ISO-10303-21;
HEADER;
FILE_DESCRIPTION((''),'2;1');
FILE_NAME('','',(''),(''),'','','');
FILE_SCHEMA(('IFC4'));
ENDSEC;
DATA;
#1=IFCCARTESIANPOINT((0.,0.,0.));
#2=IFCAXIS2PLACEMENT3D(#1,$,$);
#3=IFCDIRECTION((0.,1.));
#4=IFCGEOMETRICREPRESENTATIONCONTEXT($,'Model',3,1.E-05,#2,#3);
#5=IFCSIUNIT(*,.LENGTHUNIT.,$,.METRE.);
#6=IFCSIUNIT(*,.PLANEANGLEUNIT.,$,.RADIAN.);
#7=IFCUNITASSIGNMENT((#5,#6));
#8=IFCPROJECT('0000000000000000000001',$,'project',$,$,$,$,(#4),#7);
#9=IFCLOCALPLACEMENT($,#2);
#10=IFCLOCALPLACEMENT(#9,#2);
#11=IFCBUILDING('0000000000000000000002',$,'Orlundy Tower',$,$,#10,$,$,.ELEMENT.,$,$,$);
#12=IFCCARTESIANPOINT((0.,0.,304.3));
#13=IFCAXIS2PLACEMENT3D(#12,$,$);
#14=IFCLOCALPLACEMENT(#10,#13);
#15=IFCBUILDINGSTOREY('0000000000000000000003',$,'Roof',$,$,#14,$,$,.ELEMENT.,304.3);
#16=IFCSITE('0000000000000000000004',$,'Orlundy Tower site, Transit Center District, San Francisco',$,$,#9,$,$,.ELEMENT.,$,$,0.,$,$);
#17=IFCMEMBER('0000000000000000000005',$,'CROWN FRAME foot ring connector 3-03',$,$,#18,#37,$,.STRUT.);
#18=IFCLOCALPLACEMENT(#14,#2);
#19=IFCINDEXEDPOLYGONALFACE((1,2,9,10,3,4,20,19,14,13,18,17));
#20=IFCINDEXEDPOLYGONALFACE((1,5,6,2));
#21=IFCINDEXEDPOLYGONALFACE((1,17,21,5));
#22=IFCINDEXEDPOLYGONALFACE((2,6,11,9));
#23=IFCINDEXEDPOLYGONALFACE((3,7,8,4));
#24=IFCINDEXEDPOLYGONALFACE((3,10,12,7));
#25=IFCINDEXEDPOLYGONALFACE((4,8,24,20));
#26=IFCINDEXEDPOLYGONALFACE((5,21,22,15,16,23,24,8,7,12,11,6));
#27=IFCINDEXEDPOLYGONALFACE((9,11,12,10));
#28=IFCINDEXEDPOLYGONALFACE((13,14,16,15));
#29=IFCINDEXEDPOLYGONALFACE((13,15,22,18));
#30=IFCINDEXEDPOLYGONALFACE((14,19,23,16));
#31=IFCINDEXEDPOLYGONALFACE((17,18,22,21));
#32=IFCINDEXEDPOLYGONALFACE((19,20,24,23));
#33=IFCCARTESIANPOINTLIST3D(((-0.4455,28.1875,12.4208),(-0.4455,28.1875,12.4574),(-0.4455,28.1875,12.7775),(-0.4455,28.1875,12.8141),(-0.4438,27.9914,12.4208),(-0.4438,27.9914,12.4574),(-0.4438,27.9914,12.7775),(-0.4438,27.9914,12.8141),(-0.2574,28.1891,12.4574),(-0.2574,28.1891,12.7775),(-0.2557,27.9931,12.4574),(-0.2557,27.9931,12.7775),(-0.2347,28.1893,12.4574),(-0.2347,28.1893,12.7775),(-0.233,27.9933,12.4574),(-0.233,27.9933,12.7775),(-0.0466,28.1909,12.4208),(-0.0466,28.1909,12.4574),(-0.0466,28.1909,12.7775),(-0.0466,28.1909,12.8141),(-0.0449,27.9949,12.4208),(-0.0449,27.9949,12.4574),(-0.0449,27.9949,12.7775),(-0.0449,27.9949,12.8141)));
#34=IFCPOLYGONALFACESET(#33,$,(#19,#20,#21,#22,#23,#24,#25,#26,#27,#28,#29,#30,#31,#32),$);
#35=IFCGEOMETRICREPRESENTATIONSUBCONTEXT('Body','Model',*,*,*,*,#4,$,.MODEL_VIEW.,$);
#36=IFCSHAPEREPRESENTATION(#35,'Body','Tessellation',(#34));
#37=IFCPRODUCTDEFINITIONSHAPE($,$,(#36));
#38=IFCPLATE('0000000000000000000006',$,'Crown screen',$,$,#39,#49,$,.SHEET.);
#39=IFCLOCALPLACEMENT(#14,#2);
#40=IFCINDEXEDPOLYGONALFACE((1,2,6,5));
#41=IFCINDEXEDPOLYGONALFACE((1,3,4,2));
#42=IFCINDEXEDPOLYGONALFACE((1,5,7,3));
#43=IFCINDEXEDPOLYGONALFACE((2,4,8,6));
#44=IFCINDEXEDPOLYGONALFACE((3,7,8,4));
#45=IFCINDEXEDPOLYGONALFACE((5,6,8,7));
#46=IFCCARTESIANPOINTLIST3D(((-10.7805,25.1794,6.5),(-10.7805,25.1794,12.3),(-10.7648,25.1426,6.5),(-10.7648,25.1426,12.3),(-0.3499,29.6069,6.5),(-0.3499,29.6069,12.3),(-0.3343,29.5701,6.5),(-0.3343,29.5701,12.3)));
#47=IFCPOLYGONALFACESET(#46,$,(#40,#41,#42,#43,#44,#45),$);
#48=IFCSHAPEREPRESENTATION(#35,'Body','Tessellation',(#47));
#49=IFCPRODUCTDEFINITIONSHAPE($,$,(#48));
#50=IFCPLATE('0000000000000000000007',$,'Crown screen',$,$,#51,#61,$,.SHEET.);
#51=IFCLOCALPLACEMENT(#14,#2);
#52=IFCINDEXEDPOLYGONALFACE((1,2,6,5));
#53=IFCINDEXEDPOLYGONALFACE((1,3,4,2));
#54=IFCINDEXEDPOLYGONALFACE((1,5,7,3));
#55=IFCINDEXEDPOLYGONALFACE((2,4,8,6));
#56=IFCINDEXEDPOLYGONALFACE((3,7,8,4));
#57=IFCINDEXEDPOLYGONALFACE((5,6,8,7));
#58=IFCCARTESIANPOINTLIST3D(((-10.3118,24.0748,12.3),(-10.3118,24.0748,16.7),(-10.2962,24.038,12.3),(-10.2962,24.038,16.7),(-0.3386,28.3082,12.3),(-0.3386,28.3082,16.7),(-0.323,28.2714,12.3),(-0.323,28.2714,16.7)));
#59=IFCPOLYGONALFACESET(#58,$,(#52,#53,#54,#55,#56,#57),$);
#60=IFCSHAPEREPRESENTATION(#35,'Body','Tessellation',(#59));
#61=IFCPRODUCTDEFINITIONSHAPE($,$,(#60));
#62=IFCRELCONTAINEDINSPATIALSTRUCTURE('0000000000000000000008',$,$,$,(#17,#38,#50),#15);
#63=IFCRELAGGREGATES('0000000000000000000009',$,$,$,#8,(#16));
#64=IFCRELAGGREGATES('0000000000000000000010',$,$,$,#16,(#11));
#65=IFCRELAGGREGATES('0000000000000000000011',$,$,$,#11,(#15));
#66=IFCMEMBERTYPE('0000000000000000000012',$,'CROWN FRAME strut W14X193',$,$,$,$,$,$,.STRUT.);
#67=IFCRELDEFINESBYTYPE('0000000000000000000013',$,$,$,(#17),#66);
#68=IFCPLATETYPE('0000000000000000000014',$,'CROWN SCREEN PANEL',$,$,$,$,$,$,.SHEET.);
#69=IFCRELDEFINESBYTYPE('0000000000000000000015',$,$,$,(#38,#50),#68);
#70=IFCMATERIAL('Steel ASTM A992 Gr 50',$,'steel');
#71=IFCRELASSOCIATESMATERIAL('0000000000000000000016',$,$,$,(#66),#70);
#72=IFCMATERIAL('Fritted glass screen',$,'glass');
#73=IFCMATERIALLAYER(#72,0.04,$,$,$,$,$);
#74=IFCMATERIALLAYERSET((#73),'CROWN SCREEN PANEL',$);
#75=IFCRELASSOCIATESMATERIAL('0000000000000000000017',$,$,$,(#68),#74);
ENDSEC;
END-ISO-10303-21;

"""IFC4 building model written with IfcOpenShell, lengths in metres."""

from ifc_helpers import new_model, si_unit, direction, frame, origin, origin_2d, place, context, subcontext, project, spatial, rectangle, i_section, extrude, material, layer, layer_set, material_profile, profile_set, type_object, element, save


model = new_model("IFC4")

# Units and contexts
model_context = context("Model", 3, precision=1e-05, world=origin(), true_north=direction((0.0, 1.0)))
body_context = subcontext(model_context, "Body", "Model", "MODEL_VIEW")
ifc_project = project(units=[si_unit("LENGTHUNIT", "METRE"), si_unit("PLANEANGLEUNIT", "RADIAN")], contexts=[model_context])

# Site, building, storey
site_placement = place(None, origin())
site = spatial("IfcSite", under=ifc_project, at=site_placement, Name="Orlundy Tower site, Transit Center District, San Francisco", CompositionType="ELEMENT", RefElevation=0.0)
building_placement = place(site_placement, origin())
building = spatial("IfcBuilding", under=site, at=building_placement, Name="Orlundy Tower", CompositionType="ELEMENT")
storey_placement = place(building_placement, frame((0.0, 0.0, 304.3)))
storey = spatial("IfcBuildingStorey", under=building, at=storey_placement, Name="Roof", CompositionType="ELEMENT", Elevation=304.3)

# Member
ifc_material_1 = material(Name="Steel ASTM A992 Gr 50", Category="steel")
ifc_material_profile_1 = material_profile(ifc_material_1, i_section(OverallWidth=0.3989, OverallDepth=0.3933, WebThickness=0.0227, FlangeThickness=0.0366, at=origin_2d()), Name="W14X193")
ifc_profile_set_1 = profile_set([ifc_material_profile_1], Name="Steel ASTM A992 Gr 50")
member_type_1 = type_object("IfcMemberType", Name="CROWN FRAME strut W14X193", PredefinedType="STRUT", material=ifc_profile_set_1)
member_1_placement = place(storey_placement, frame((-0.2444, 27.9932, 12.6174), z_axis=(-0.008717, 0.999962, 0.0), x_axis=(-0.999962, -0.008717, 0.0)))
element("IfcMember", 1, at=member_1_placement, inside=storey, type_object=member_type_1, Name="CROWN FRAME foot ring connector 3-03", PredefinedType="STRUT", context=body_context, shape_type="SweptSolid", body=[
    extrude(i_section(OverallWidth=0.3989, OverallDepth=0.3933, WebThickness=0.0227, FlangeThickness=0.0366, at=origin_2d()), origin(), (0.0, 0.0, 1.0), 0.196),
])

# Plates
ifc_material_2 = material(Name="Fritted glass screen", Category="glass")
ifc_layer = layer(ifc_material_2, 0.04)
ifc_layer_set = layer_set([ifc_layer], Name="CROWN SCREEN PANEL")
plate_type = type_object("IfcPlateType", Name="CROWN SCREEN PANEL", PredefinedType="SHEET", material=ifc_layer_set)
plate_1_placement = place(storey_placement, frame((-5.5574, 27.3748, 6.5), z_axis=(0.0, 0.0, 1.0), x_axis=(-0.920505, -0.390731, 0.0)))
element("IfcPlate", 2, at=plate_1_placement, inside=storey, type_object=plate_type, Name="Crown screen", PredefinedType="SHEET", context=body_context, shape_type="SweptSolid", body=[
    extrude(rectangle(XDim=11.3313, YDim=0.04, at=origin_2d()), origin(), (0.0, 0.0, 1.0), 5.8),
])
plate_2_placement = place(storey_placement, frame((-5.3174, 26.1731, 12.3), z_axis=(0.0, 0.0, 1.0), x_axis=(-0.920505, -0.390731, 0.0)))
element("IfcPlate", 3, at=plate_2_placement, inside=storey, type_object=plate_type, Name="Crown screen", PredefinedType="SHEET", context=body_context, shape_type="SweptSolid", body=[
    extrude(rectangle(XDim=10.8345, YDim=0.04, at=origin_2d()), origin(), (0.0, 0.0, 1.0), 4.3999),
])

save(model, "model.ifc")
